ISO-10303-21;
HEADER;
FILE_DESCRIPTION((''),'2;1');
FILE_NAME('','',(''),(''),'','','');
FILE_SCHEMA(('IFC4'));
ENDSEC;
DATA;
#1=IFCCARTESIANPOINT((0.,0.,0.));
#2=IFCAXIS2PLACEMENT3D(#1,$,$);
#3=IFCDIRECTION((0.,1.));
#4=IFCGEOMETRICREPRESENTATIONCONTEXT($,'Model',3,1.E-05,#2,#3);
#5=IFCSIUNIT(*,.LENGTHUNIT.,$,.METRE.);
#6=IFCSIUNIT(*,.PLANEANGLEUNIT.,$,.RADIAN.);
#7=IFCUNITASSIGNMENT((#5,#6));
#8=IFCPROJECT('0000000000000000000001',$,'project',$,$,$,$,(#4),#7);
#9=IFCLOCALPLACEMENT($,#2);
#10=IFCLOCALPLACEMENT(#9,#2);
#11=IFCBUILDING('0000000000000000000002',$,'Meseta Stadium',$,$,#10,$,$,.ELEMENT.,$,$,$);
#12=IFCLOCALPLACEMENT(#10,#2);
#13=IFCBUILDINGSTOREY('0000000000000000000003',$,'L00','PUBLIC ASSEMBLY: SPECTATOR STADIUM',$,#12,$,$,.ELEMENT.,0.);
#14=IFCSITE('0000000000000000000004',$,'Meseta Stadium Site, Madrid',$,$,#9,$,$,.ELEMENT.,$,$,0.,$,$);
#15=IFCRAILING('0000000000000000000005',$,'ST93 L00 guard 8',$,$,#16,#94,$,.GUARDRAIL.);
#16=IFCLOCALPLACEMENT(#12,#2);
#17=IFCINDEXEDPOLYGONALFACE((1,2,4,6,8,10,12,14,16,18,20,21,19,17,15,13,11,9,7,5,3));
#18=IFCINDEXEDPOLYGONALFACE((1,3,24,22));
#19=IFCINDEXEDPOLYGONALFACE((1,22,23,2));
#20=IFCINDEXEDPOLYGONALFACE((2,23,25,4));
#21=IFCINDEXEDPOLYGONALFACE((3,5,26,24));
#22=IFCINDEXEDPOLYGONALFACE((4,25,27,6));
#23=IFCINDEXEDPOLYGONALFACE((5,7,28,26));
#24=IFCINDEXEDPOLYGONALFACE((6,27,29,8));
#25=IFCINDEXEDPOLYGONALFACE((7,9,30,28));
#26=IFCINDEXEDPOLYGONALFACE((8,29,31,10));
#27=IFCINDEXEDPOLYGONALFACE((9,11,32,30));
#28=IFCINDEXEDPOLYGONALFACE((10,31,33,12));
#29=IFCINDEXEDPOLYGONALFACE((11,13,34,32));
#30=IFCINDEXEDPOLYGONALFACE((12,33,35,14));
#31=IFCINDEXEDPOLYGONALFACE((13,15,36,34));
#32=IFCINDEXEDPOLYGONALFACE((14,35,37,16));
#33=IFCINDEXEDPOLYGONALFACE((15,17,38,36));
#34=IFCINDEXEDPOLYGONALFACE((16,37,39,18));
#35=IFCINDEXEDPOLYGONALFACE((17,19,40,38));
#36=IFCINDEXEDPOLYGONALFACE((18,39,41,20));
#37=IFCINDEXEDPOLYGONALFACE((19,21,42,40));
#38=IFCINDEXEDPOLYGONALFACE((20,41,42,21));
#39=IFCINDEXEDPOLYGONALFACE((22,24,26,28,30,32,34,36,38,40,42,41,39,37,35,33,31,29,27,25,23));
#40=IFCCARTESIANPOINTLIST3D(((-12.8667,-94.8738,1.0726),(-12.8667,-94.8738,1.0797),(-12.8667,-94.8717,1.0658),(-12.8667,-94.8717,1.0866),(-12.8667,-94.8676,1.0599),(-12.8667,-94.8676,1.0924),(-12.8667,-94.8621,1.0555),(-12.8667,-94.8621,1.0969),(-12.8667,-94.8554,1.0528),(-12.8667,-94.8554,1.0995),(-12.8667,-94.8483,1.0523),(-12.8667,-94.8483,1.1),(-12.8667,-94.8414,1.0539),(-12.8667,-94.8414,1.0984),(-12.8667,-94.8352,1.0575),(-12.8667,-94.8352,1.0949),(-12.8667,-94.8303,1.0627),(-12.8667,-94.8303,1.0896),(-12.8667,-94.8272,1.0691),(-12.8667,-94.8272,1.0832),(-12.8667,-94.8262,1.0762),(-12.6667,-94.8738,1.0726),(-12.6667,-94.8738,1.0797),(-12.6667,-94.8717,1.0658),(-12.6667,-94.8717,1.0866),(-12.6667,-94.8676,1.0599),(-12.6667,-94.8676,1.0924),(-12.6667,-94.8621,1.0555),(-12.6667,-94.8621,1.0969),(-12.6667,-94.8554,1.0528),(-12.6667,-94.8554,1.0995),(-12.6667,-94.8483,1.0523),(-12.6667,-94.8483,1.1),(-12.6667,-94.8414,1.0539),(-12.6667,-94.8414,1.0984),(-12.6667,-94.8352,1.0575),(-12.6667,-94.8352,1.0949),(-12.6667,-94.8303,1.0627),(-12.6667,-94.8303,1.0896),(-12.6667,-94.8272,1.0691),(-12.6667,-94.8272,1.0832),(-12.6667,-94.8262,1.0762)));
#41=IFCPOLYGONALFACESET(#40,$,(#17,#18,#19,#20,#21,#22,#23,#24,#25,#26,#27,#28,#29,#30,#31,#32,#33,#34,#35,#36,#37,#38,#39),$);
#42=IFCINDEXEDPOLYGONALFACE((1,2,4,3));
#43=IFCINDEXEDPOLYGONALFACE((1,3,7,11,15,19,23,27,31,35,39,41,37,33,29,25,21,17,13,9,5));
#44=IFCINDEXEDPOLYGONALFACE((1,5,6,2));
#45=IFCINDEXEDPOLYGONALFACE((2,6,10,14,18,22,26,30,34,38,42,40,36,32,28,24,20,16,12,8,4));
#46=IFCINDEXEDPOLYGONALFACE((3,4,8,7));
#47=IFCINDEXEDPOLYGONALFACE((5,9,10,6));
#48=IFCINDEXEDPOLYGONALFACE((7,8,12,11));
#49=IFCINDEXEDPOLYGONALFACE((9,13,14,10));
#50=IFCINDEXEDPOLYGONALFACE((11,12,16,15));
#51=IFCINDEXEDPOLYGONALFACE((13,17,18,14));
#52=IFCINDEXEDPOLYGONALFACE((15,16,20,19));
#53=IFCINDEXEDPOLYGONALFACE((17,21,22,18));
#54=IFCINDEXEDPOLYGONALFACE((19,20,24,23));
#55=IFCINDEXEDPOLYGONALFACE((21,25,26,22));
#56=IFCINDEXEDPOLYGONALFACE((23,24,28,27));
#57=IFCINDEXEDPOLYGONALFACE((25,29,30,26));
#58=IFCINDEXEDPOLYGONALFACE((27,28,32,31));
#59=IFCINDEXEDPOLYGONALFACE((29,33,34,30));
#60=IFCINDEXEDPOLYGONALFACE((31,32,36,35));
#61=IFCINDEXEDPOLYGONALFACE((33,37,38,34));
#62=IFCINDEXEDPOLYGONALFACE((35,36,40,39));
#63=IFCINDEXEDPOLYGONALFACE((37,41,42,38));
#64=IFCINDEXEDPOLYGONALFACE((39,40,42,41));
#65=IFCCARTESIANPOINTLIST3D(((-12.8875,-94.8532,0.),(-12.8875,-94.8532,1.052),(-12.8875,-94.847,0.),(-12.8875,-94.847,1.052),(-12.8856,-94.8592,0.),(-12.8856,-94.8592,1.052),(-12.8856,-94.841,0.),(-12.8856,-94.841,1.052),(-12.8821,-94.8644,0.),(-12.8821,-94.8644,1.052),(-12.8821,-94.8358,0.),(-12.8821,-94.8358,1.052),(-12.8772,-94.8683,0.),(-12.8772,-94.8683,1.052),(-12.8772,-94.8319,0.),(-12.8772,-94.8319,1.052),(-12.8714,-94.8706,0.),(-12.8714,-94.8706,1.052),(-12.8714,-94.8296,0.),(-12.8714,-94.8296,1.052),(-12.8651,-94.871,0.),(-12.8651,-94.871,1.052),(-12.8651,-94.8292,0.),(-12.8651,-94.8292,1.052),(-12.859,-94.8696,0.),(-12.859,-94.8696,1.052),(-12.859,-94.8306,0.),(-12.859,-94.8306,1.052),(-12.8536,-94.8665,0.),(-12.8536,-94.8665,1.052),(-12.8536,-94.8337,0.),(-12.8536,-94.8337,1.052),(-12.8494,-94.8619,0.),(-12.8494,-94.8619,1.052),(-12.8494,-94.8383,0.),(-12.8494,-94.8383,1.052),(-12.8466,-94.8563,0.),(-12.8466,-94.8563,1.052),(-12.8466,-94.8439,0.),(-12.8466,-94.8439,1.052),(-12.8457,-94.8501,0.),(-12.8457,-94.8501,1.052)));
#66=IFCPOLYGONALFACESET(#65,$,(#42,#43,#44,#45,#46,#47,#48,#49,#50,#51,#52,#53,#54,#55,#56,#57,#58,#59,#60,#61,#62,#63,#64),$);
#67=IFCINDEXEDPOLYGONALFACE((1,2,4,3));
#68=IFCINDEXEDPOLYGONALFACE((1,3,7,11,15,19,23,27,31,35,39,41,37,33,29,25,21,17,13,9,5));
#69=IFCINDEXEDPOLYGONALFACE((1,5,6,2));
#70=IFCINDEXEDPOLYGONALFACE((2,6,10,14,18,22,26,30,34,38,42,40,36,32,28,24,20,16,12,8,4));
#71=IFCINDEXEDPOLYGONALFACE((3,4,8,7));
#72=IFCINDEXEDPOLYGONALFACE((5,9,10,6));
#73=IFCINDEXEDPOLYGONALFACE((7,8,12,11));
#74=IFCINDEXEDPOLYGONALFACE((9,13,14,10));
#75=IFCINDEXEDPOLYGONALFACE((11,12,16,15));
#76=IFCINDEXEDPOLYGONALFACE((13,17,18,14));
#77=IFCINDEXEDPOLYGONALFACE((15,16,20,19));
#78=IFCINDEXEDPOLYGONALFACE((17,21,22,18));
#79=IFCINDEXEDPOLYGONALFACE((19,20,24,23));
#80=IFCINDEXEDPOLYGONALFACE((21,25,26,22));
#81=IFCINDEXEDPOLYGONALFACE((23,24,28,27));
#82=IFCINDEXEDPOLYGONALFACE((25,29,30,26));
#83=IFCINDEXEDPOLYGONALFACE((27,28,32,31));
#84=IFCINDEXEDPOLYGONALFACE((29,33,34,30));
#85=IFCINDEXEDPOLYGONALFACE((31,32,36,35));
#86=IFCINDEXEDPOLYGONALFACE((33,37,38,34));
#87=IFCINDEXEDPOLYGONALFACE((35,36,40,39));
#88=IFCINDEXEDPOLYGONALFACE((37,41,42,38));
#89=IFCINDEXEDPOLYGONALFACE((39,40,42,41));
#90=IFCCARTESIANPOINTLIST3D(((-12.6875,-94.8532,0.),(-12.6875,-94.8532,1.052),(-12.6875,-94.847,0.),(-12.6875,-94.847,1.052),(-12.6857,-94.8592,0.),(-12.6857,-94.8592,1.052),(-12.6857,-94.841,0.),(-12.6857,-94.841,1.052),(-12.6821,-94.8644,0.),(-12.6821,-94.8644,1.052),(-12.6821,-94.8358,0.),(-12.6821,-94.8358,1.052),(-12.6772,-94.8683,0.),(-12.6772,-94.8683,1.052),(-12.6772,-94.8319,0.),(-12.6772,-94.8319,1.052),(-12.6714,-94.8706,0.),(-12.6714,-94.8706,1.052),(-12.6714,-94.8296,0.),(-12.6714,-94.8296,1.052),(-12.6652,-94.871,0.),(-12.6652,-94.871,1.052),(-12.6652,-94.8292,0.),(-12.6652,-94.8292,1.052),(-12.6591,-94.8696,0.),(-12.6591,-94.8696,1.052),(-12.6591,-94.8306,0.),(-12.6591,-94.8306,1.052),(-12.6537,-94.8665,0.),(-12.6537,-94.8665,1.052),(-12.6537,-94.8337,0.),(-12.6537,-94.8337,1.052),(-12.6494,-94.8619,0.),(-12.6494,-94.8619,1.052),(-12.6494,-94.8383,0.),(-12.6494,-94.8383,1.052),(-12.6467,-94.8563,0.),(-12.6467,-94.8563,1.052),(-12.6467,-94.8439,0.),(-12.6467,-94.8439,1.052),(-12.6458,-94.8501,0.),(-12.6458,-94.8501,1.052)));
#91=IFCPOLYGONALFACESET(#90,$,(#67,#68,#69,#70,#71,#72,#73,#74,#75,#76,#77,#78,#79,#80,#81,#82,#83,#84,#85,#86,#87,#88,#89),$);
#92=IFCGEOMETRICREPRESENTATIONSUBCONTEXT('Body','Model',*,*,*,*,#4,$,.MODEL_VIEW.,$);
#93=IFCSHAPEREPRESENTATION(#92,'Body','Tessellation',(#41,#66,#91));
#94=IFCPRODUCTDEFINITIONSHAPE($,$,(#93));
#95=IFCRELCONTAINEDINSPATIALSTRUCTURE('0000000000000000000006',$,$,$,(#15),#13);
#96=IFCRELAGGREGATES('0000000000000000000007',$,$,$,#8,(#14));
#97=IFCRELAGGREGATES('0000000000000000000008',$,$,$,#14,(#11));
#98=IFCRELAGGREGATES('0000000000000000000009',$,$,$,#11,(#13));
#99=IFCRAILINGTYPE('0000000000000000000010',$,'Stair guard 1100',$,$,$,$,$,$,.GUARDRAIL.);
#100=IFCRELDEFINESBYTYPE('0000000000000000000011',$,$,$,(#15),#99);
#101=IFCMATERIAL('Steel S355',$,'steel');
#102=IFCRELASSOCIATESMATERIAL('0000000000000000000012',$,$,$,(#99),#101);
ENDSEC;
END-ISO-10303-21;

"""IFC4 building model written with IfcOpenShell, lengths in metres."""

from ifc_helpers import new_model, si_unit, direction, frame, origin, origin_2d, place, context, subcontext, project, spatial, circle, extrude, material, type_object, element, save


model = new_model("IFC4")

# Units and contexts
model_context = context("Model", 3, precision=1e-05, world=origin(), true_north=direction((0.0, 1.0)))
body_context = subcontext(model_context, "Body", "Model", "MODEL_VIEW")
ifc_project = project(units=[si_unit("LENGTHUNIT", "METRE"), si_unit("PLANEANGLEUNIT", "RADIAN")], contexts=[model_context])

# Site, building, storey
site_placement = place(None, origin())
site = spatial("IfcSite", under=ifc_project, at=site_placement, Name="Meseta Stadium Site, Madrid", CompositionType="ELEMENT", RefElevation=0.0)
building_placement = place(site_placement, origin())
building = spatial("IfcBuilding", under=site, at=building_placement, Name="Meseta Stadium", CompositionType="ELEMENT")
storey_placement = place(building_placement, origin())
storey = spatial("IfcBuildingStorey", under=building, at=storey_placement, Name="L00", Description="PUBLIC ASSEMBLY: SPECTATOR STADIUM", CompositionType="ELEMENT", Elevation=0.0)

# Railing
ifc_material_1 = material(Name="Steel S355", Category="steel")
railing_type_1 = type_object("IfcRailingType", Name="Stair guard 1100", PredefinedType="GUARDRAIL", material=ifc_material_1)
railing_1_placement = place(storey_placement, frame((-12.8667, -94.8501, 0.0)))
element("IfcRailing", 1, at=railing_1_placement, inside=storey, type_object=railing_type_1, Name="ST93 L00 guard 8", PredefinedType="GUARDRAIL", context=body_context, shape_type="SweptSolid", body=[
    extrude(circle(Radius=0.0239, at=origin_2d()), frame((0.0, 0.0, 1.0762), z_axis=(1.0, 0.0, 0.0), x_axis=(0.0, 1.0, 0.0)), (0.0, 0.0, 1.0), 0.2),
    extrude(circle(Radius=0.021, at=origin_2d()), origin(), (0.0, 0.0, 1.0), 1.052),
    extrude(circle(Radius=0.021, at=origin_2d()), frame((0.2, 0.0, 0.0)), (0.0, 0.0, 1.0), 1.052),
])

save(model, "model.ifc")
